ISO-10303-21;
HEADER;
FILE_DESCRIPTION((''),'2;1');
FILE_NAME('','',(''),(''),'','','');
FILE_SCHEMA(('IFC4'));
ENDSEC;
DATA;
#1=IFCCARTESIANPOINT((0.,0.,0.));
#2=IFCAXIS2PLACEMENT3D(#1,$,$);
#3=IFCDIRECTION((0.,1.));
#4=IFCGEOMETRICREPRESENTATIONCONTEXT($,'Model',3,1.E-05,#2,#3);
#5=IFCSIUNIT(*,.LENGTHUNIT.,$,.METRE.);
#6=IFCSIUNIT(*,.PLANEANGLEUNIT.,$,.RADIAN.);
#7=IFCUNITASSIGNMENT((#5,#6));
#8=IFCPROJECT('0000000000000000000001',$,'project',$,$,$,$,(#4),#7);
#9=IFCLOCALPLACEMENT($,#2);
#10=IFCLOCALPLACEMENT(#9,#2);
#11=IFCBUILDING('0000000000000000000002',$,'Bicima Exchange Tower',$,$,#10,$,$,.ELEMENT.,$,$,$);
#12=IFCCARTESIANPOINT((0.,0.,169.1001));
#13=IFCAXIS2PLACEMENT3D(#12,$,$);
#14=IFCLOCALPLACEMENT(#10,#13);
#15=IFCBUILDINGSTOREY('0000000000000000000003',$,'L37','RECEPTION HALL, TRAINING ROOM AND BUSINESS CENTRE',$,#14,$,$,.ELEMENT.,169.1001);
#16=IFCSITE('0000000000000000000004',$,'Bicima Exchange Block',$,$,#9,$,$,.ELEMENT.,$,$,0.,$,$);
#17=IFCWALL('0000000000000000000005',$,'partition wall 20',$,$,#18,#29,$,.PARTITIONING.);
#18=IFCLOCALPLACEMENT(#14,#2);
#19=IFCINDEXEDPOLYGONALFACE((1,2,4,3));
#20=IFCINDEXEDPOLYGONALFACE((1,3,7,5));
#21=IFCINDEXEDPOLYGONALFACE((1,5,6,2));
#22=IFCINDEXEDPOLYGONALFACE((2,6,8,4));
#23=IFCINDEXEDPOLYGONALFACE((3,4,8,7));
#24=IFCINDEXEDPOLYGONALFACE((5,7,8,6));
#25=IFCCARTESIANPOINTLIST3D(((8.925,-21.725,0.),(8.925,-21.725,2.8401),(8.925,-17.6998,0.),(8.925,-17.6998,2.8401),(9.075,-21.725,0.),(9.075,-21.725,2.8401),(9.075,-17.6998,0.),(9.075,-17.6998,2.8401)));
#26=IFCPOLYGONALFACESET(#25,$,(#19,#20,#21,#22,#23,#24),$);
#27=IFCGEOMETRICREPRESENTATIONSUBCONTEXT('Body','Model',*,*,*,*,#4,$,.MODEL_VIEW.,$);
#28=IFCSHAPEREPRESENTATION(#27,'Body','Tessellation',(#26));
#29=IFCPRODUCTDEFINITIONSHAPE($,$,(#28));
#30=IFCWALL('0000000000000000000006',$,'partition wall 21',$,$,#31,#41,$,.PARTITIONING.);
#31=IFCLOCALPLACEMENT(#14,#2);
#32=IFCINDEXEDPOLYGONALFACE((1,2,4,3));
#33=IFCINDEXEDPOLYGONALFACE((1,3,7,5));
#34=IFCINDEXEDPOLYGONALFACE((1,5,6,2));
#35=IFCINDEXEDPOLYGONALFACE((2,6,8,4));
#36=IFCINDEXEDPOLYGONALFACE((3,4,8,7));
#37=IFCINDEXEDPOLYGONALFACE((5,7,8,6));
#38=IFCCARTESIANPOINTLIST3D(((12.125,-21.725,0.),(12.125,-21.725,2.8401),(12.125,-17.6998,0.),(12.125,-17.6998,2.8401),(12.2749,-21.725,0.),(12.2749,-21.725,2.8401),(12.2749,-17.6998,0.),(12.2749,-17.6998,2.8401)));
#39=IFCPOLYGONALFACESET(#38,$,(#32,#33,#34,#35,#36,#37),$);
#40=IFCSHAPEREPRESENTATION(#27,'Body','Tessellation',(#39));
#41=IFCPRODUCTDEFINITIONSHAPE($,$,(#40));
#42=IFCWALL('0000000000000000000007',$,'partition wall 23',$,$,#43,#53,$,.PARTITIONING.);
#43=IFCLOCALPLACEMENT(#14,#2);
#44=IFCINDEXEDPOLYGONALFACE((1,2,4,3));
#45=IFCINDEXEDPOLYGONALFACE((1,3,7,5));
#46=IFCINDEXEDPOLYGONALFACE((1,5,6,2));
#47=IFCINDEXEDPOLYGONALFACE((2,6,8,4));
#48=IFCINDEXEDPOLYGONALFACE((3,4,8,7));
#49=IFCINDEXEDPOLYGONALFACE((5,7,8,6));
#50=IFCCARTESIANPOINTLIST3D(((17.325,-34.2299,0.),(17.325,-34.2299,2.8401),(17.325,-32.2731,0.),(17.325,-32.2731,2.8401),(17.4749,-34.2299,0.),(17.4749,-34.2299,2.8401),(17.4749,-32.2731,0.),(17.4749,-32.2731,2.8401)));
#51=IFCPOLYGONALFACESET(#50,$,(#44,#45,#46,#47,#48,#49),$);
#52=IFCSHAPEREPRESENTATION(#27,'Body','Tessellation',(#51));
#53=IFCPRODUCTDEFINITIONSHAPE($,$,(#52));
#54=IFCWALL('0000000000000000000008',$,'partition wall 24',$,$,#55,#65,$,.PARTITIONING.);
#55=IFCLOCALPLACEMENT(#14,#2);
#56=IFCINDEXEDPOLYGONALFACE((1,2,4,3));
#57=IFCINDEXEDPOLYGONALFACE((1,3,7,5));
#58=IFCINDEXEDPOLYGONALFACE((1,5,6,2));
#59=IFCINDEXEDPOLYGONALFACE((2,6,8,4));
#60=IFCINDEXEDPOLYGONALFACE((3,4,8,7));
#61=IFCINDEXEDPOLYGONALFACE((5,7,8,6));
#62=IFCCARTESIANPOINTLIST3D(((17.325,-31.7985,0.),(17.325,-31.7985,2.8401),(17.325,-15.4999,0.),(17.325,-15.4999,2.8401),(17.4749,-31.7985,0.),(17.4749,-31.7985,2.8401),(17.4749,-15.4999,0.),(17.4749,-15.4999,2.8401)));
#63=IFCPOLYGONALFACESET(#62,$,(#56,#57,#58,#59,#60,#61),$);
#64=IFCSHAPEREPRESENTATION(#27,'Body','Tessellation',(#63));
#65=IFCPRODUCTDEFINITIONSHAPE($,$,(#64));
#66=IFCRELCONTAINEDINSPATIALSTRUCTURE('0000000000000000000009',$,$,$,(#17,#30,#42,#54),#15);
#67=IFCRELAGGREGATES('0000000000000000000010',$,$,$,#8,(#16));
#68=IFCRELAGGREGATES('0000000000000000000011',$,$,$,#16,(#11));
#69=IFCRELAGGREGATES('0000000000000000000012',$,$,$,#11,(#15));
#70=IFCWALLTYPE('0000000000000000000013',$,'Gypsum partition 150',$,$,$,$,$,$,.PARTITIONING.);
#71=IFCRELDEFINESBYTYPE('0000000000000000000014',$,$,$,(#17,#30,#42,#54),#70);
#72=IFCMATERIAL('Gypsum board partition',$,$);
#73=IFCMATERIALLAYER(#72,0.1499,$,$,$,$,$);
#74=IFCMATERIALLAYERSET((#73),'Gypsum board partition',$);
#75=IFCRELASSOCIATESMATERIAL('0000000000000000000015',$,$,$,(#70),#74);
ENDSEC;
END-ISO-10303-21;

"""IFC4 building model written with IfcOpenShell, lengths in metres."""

from ifc_helpers import new_model, si_unit, direction, frame, frame_2d, origin, place, context, subcontext, project, spatial, rectangle, extrude, material, layer, layer_set, type_object, element, save


model = new_model("IFC4")

# Units and contexts
model_context = context("Model", 3, precision=1e-05, world=origin(), true_north=direction((0.0, 1.0)))
body_context = subcontext(model_context, "Body", "Model", "MODEL_VIEW")
ifc_project = project(units=[si_unit("LENGTHUNIT", "METRE"), si_unit("PLANEANGLEUNIT", "RADIAN")], contexts=[model_context])

# Site, building, storey
site_placement = place(None, origin())
site = spatial("IfcSite", under=ifc_project, at=site_placement, Name="Bicima Exchange Block", CompositionType="ELEMENT", RefElevation=0.0)
building_placement = place(site_placement, origin())
building = spatial("IfcBuilding", under=site, at=building_placement, Name="Bicima Exchange Tower", CompositionType="ELEMENT")
storey_placement = place(building_placement, frame((0.0, 0.0, 169.1001)))
storey = spatial("IfcBuildingStorey", under=building, at=storey_placement, Name="L37", Description="RECEPTION HALL, TRAINING ROOM AND BUSINESS CENTRE", CompositionType="ELEMENT", Elevation=169.1001)

# Shared definitions
ifc_material_1 = material(Name="Gypsum board partition")

# Walls
ifc_layer_1 = layer(ifc_material_1, 0.1499)
ifc_layer_set_1 = layer_set([ifc_layer_1], Name="Gypsum board partition")
wall_type_1 = type_object("IfcWallType", Name="Gypsum partition 150", PredefinedType="PARTITIONING", material=ifc_layer_set_1)
for number, where, z_axis, x_axis, name in (
    (1, (9.0, -21.7251, 0.0), (0.0, 0.0, 1.0), (0.0, 1.0, 0.0), "partition wall 20"),
    (2, (12.2, -21.7251, 0.0), (0.0, 0.0, 1.0), (0.0, 1.0, 0.0), "partition wall 21"),
):
    element("IfcWall", number, at=place(storey_placement, frame(where, z_axis=z_axis, x_axis=x_axis)), inside=storey, type_object=wall_type_1, Name=name, PredefinedType="PARTITIONING", context=body_context, shape_type="SweptSolid", body=[
        extrude(rectangle(XDim=4.0251, YDim=0.1499, at=frame_2d((2.0127, 0.0))), origin(), (0.0, 0.0, 1.0), 2.8401),
    ])
wall_1_placement = place(storey_placement, frame((17.3999, -34.23, 0.0), z_axis=(0.0, 0.0, 1.0), x_axis=(0.0, 1.0, 0.0)))
element("IfcWall", 3, at=wall_1_placement, inside=storey, type_object=wall_type_1, Name="partition wall 23", PredefinedType="PARTITIONING", context=body_context, shape_type="SweptSolid", body=[
    extrude(rectangle(XDim=1.9568, YDim=0.1499, at=frame_2d((0.9785, 0.0))), origin(), (0.0, 0.0, 1.0), 2.8401),
])
wall_2_placement = place(storey_placement, frame((17.3999, -31.7986, 0.0), z_axis=(0.0, 0.0, 1.0), x_axis=(0.0, 1.0, 0.0)))
element("IfcWall", 4, at=wall_2_placement, inside=storey, type_object=wall_type_1, Name="partition wall 24", PredefinedType="PARTITIONING", context=body_context, shape_type="SweptSolid", body=[
    extrude(rectangle(XDim=16.2986, YDim=0.1499, at=frame_2d((8.1494, 0.0))), origin(), (0.0, 0.0, 1.0), 2.8401),
])

save(model, "model.ifc")
